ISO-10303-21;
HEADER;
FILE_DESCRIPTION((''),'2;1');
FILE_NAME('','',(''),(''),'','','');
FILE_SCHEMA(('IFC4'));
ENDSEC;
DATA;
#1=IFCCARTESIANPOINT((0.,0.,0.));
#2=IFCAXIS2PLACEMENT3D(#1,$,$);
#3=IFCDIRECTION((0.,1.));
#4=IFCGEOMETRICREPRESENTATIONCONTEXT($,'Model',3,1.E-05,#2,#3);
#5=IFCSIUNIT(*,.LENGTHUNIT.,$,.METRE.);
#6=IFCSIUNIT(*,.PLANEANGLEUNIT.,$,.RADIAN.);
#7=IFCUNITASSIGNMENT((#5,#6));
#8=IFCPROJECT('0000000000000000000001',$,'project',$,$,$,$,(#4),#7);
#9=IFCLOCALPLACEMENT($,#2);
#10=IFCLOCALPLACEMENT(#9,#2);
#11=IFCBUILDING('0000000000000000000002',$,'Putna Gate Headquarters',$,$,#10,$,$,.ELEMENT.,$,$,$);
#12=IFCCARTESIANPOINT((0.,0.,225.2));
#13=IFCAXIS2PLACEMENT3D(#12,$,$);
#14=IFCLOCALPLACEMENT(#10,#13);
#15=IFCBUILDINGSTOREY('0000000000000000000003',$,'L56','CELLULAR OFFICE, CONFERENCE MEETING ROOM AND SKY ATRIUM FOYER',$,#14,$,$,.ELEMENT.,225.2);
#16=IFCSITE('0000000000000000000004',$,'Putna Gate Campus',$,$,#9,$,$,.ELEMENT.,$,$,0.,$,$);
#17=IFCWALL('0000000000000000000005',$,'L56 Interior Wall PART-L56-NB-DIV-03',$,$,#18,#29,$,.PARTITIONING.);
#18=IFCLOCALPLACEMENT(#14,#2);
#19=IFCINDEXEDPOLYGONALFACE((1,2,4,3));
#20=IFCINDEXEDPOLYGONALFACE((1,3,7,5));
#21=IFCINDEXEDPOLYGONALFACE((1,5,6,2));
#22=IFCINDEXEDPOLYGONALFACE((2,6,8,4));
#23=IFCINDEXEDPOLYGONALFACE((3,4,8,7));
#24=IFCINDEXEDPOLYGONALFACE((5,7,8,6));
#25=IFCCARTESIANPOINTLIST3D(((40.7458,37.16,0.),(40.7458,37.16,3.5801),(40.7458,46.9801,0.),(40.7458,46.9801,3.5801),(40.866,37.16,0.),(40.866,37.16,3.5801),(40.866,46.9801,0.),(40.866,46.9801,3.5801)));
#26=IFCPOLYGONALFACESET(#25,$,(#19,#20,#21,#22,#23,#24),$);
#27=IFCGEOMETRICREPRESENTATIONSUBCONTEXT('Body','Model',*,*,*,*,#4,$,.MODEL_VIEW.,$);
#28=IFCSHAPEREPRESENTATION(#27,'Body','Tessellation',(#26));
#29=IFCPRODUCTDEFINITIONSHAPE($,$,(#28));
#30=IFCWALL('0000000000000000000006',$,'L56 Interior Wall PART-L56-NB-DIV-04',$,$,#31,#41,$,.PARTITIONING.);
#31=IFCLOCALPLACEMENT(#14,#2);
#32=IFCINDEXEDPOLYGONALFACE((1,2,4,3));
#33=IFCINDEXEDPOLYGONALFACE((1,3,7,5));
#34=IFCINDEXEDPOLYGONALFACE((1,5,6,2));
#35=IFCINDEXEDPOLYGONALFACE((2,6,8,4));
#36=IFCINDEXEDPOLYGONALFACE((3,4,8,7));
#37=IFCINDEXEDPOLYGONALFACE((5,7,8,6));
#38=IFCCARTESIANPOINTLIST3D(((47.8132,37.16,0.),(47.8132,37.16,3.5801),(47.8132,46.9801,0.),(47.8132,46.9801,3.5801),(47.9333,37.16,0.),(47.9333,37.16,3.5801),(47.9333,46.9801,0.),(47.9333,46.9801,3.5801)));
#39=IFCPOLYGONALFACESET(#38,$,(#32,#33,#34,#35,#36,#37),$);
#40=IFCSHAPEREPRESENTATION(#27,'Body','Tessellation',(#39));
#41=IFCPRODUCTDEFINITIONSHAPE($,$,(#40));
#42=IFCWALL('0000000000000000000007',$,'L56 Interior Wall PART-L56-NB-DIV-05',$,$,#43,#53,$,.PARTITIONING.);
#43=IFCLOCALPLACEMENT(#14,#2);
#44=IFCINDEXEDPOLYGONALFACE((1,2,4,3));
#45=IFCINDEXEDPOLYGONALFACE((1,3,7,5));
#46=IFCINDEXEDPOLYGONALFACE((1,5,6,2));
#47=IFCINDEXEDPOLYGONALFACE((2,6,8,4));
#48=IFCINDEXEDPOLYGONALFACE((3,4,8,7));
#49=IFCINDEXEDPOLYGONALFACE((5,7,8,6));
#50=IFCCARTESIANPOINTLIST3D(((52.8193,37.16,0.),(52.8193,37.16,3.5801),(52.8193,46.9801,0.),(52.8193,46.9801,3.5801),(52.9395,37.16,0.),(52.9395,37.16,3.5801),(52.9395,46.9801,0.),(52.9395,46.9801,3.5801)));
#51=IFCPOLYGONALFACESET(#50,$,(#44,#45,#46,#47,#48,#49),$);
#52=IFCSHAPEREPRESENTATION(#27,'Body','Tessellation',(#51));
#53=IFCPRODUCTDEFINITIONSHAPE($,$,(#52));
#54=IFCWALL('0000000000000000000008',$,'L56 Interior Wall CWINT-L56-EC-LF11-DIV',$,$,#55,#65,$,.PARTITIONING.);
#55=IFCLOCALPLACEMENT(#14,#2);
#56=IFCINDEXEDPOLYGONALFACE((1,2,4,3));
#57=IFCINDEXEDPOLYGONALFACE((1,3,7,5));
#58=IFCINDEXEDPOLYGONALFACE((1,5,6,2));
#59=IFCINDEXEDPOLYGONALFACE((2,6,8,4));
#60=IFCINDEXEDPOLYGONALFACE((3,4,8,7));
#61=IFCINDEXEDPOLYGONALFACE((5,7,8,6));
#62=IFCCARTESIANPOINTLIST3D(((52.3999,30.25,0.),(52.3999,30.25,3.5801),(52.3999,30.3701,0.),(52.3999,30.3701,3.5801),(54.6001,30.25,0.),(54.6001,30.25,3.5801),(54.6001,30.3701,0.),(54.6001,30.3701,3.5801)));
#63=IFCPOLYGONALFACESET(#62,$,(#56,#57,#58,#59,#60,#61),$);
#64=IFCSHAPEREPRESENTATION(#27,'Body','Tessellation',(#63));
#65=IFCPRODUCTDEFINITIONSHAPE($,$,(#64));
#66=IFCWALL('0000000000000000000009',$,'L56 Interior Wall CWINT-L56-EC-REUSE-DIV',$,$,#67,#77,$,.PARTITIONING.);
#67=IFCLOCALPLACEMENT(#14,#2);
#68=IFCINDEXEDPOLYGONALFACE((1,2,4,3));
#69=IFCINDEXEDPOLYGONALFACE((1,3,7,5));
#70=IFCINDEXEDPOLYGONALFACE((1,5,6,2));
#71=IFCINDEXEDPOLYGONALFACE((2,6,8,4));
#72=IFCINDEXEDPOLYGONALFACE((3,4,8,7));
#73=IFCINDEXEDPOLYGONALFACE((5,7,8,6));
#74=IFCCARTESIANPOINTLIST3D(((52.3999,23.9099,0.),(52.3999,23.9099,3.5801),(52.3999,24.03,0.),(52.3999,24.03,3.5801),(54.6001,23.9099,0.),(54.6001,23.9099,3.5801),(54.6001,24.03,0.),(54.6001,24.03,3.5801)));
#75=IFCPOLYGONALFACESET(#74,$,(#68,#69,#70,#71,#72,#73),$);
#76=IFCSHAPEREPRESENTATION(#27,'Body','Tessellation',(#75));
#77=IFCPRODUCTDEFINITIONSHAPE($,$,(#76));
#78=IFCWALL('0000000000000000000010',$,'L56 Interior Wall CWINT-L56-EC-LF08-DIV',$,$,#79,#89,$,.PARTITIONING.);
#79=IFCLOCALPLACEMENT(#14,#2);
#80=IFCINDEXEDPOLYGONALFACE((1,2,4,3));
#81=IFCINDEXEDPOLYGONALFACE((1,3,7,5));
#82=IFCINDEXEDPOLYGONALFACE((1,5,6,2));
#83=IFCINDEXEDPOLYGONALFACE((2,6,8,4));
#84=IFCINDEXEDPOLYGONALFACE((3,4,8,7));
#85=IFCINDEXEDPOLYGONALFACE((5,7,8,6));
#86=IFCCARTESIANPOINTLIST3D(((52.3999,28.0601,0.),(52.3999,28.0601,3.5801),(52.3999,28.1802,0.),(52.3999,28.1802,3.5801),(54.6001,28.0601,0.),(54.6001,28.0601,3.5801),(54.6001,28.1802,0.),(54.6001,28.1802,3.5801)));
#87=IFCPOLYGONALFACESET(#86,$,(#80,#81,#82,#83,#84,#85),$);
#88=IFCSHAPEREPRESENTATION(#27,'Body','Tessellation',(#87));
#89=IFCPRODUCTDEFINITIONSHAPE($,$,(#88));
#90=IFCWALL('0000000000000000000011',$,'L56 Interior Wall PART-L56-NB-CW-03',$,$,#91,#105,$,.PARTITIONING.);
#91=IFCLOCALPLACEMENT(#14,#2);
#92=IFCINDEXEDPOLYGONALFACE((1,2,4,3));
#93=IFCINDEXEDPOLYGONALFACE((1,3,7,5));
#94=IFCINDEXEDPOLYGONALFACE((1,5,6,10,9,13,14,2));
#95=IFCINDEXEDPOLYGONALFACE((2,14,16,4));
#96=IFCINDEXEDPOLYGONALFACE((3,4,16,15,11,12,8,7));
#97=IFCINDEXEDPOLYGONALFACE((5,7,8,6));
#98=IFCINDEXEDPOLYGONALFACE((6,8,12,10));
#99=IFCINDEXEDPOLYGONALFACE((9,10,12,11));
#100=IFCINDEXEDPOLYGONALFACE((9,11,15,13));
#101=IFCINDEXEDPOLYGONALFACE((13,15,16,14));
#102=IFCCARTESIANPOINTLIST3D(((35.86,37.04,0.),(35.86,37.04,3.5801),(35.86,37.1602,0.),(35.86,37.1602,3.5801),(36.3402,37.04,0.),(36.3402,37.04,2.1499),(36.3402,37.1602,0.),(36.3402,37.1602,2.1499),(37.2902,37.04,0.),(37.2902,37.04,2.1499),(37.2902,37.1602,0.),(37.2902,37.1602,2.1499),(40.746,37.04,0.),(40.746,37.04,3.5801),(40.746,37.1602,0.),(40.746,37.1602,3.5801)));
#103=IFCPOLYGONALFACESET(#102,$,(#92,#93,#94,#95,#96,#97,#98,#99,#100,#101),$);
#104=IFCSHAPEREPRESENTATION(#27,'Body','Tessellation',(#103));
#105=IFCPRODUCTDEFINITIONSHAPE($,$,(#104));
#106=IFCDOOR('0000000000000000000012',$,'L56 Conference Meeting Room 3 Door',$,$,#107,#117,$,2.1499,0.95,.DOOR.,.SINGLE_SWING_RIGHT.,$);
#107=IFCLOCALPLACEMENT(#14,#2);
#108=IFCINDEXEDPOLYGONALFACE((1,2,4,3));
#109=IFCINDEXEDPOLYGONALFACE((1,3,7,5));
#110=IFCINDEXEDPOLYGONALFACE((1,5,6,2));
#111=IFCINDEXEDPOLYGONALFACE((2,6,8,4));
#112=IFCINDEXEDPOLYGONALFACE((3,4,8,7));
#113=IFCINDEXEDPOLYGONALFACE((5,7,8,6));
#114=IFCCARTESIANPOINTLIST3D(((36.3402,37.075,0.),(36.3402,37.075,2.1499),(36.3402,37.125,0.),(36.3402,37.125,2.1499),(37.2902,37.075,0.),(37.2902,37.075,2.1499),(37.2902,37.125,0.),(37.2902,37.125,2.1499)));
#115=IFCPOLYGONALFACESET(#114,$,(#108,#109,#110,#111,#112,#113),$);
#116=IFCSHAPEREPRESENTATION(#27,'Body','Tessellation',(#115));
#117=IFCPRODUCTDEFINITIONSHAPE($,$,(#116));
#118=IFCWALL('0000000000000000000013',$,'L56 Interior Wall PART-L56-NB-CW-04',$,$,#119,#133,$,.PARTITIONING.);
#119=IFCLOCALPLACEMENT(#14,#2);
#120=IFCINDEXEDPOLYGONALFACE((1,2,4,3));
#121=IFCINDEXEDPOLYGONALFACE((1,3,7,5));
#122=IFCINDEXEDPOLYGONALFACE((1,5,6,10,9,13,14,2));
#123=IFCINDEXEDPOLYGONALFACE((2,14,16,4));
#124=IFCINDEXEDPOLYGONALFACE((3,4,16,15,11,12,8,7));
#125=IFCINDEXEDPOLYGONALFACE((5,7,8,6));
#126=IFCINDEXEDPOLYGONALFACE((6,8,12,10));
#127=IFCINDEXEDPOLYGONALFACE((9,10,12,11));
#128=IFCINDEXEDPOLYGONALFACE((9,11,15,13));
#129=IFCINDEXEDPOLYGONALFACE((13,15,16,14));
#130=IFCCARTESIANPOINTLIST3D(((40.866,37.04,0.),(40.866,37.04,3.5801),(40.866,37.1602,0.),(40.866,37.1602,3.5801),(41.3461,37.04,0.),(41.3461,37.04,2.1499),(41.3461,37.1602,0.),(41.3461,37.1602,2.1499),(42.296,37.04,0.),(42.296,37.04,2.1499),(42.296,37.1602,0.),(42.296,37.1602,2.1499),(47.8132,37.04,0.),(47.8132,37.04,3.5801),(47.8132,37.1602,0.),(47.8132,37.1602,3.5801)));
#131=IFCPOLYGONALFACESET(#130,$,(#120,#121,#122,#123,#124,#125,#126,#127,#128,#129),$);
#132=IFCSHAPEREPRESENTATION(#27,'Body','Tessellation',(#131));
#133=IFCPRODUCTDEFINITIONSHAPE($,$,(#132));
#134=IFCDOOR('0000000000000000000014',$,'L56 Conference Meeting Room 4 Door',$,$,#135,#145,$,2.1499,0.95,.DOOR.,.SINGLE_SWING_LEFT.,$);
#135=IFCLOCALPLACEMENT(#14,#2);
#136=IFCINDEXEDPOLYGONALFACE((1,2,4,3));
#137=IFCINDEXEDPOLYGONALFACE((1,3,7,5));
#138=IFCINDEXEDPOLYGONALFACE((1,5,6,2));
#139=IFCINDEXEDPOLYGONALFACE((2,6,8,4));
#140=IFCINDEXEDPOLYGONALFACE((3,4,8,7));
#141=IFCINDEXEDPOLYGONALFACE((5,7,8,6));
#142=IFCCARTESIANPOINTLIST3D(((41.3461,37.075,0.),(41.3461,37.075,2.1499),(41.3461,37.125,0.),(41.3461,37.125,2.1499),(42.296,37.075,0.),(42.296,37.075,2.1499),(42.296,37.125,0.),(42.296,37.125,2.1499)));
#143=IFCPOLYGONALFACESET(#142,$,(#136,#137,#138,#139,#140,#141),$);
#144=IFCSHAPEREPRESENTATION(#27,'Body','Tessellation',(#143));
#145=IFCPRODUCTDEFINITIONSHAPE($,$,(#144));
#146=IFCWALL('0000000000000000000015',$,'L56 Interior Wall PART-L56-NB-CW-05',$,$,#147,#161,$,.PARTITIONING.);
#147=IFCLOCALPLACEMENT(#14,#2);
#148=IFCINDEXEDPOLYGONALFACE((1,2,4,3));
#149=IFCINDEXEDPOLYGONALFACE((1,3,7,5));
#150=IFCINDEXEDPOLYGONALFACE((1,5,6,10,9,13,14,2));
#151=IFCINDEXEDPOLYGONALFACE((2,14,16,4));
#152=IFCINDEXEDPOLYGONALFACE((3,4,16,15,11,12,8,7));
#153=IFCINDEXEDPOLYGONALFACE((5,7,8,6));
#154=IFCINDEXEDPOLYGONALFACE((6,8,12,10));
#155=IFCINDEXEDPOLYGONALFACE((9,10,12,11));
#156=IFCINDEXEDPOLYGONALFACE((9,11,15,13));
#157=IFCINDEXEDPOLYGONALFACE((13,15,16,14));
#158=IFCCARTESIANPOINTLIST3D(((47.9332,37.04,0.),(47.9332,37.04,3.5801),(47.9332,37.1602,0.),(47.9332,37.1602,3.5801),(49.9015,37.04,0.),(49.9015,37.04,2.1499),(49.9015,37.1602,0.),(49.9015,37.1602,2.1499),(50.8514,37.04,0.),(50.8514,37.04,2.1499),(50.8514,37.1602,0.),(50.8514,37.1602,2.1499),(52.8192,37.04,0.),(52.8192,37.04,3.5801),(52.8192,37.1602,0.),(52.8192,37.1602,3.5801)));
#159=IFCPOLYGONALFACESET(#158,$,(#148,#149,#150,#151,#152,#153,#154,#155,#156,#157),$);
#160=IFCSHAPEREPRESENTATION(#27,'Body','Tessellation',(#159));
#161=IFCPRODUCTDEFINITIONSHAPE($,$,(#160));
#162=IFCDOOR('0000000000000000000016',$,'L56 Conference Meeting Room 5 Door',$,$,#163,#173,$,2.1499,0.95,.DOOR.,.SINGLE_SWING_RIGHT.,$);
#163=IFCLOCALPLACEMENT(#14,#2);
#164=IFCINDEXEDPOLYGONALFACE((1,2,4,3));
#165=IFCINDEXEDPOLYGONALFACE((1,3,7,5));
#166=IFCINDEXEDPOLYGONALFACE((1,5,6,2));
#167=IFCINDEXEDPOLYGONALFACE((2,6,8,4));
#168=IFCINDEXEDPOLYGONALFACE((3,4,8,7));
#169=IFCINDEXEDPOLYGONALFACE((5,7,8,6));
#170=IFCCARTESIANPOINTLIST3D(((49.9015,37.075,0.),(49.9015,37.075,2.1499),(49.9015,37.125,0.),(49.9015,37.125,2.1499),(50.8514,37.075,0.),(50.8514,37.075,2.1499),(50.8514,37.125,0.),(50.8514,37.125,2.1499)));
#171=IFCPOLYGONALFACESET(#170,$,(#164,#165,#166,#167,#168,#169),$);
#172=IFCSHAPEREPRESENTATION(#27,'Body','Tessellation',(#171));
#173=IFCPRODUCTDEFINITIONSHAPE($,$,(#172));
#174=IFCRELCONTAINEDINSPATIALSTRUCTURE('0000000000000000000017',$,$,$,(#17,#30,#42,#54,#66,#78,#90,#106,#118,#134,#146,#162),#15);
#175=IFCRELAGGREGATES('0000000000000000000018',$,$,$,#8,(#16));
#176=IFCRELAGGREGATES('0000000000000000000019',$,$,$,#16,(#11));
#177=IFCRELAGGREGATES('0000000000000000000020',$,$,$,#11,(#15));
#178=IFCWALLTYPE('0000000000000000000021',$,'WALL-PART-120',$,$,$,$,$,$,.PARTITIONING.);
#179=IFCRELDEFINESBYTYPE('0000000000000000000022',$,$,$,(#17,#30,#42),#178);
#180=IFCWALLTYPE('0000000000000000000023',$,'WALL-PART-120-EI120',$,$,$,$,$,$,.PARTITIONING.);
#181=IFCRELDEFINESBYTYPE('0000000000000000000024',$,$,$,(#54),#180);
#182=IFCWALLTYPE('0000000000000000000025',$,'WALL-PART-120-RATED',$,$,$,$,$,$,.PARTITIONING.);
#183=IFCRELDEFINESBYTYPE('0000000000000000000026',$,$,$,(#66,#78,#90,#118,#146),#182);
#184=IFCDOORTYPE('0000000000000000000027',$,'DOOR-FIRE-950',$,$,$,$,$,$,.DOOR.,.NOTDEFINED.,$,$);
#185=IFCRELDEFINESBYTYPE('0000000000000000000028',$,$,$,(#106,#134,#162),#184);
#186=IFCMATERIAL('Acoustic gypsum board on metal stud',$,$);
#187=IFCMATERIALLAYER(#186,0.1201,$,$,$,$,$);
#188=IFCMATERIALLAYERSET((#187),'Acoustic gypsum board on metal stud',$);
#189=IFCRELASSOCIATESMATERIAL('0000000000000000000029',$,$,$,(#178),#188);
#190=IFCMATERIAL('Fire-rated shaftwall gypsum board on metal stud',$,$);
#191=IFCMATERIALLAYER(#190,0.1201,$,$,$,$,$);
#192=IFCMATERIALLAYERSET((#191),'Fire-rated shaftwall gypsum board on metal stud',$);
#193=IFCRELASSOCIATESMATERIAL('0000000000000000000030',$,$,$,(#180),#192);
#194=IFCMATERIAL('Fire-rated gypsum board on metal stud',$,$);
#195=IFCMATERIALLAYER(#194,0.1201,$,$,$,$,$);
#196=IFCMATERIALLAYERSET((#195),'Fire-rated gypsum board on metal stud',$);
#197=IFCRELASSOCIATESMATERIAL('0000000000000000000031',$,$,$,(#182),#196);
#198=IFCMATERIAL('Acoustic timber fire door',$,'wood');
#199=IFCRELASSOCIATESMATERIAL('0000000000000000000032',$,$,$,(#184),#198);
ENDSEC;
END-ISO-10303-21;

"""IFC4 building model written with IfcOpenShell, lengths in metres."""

from ifc_helpers import new_model, si_unit, direction, frame, frame_2d, origin, place, context, subcontext, project, spatial, rectangle, extrude, material, layer, layer_set, type_object, element, fill, save


model = new_model("IFC4")

# Units and contexts
model_context = context("Model", 3, precision=1e-05, world=origin(), true_north=direction((0.0, 1.0)))
body_context = subcontext(model_context, "Body", "Model", "MODEL_VIEW")
ifc_project = project(units=[si_unit("LENGTHUNIT", "METRE"), si_unit("PLANEANGLEUNIT", "RADIAN")], contexts=[model_context])

# Site, building, storey
site_placement = place(None, origin())
site = spatial("IfcSite", under=ifc_project, at=site_placement, Name="Putna Gate Campus", CompositionType="ELEMENT", RefElevation=0.0)
building_placement = place(site_placement, origin())
building = spatial("IfcBuilding", under=site, at=building_placement, Name="Putna Gate Headquarters", CompositionType="ELEMENT")
storey_placement = place(building_placement, frame((0.0, 0.0, 225.2)))
storey = spatial("IfcBuildingStorey", under=building, at=storey_placement, Name="L56", Description="CELLULAR OFFICE, CONFERENCE MEETING ROOM AND SKY ATRIUM FOYER", CompositionType="ELEMENT", Elevation=225.2)

# Shared definitions
ifc_material_1 = material(Name="Acoustic gypsum board on metal stud")
ifc_layer_1 = layer(ifc_material_1, 0.1201)
ifc_layer_set_1 = layer_set([ifc_layer_1], Name="Acoustic gypsum board on metal stud")
wall_type_1 = type_object("IfcWallType", Name="WALL-PART-120", PredefinedType="PARTITIONING", material=ifc_layer_set_1)

# Walls
for number, where, z_axis, x_axis, name in (
    (1, (40.8059, 37.1599, 0.0), (0.0, 0.0, 1.0), (0.0, 1.0, 0.0), "L56 Interior Wall PART-L56-NB-DIV-03"),
    (2, (47.8733, 37.1599, 0.0), (0.0, 0.0, 1.0), (0.0, 1.0, 0.0), "L56 Interior Wall PART-L56-NB-DIV-04"),
    (3, (52.8794, 37.1599, 0.0), (0.0, 0.0, 1.0), (0.0, 1.0, 0.0), "L56 Interior Wall PART-L56-NB-DIV-05"),
):
    element("IfcWall", number, at=place(storey_placement, frame(where, z_axis=z_axis, x_axis=x_axis)), inside=storey, type_object=wall_type_1, Name=name, PredefinedType="PARTITIONING", context=body_context, shape_type="SweptSolid", body=[
        extrude(rectangle(XDim=9.8201, YDim=0.1201, at=frame_2d((4.9102, 0.0))), origin(), (0.0, 0.0, 1.0), 3.5801),
    ])
ifc_material_2 = material(Name="Fire-rated shaftwall gypsum board on metal stud")
ifc_layer_2 = layer(ifc_material_2, 0.1201)
ifc_layer_set_2 = layer_set([ifc_layer_2], Name="Fire-rated shaftwall gypsum board on metal stud")
wall_type_2 = type_object("IfcWallType", Name="WALL-PART-120-EI120", PredefinedType="PARTITIONING", material=ifc_layer_set_2)
wall_1_placement = place(storey_placement, frame((52.3999, 30.3101, 0.0), z_axis=(0.0, 0.0, 1.0), x_axis=(1.0, 0.0, 0.0)))
element("IfcWall", 4, at=wall_1_placement, inside=storey, type_object=wall_type_2, Name="L56 Interior Wall CWINT-L56-EC-LF11-DIV", PredefinedType="PARTITIONING", context=body_context, shape_type="SweptSolid", body=[
    extrude(rectangle(XDim=2.2002, YDim=0.1201, at=frame_2d((1.1001, 0.0))), origin(), (0.0, 0.0, 1.0), 3.5801),
])
ifc_material_3 = material(Name="Fire-rated gypsum board on metal stud")
ifc_layer_3 = layer(ifc_material_3, 0.1201)
ifc_layer_set_3 = layer_set([ifc_layer_3], Name="Fire-rated gypsum board on metal stud")
wall_type_3 = type_object("IfcWallType", Name="WALL-PART-120-RATED", PredefinedType="PARTITIONING", material=ifc_layer_set_3)
for number, where, z_axis, x_axis, name in (
    (5, (52.3999, 23.97, 0.0), (0.0, 0.0, 1.0), (1.0, 0.0, 0.0), "L56 Interior Wall CWINT-L56-EC-REUSE-DIV"),
    (6, (52.3999, 28.1201, 0.0), (0.0, 0.0, 1.0), (1.0, 0.0, 0.0), "L56 Interior Wall CWINT-L56-EC-LF08-DIV"),
):
    element("IfcWall", number, at=place(storey_placement, frame(where, z_axis=z_axis, x_axis=x_axis)), inside=storey, type_object=wall_type_3, Name=name, PredefinedType="PARTITIONING", context=body_context, shape_type="SweptSolid", body=[
        extrude(rectangle(XDim=2.2002, YDim=0.1201, at=frame_2d((1.1001, 0.0))), origin(), (0.0, 0.0, 1.0), 3.5801),
    ])

# Walls, openings, doors
wall_2_placement = place(storey_placement, frame((35.8601, 37.1001, 0.0), z_axis=(0.0, 0.0, 1.0), x_axis=(1.0, 0.0, 0.0)))
wall_2 = element("IfcWall", 7, at=wall_2_placement, inside=storey, type_object=wall_type_3, Name="L56 Interior Wall PART-L56-NB-CW-03", PredefinedType="PARTITIONING", context=body_context, shape_type="SweptSolid", body=[
    extrude(rectangle(XDim=4.886, YDim=0.1201, at=frame_2d((2.4429, 0.0))), origin(), (0.0, 0.0, 1.0), 3.5801),
])
opening_1_placement = place(wall_2_placement, frame((0.48, 0.0, 0.0)))
opening_1 = element("IfcOpeningElement", 8, at=opening_1_placement, cuts=wall_2, PredefinedType="OPENING", context=body_context, shape_type="SweptSolid", body=[
    extrude(rectangle(XDim=0.95, YDim=2.1499, at=frame_2d((0.4751, 1.075))), frame((0.0, 0.0701, 0.0), z_axis=(0.0, -1.0, 0.0), x_axis=(1.0, 0.0, 0.0)), (0.0, 0.0, 1.0), 0.1401),
])
ifc_material_4 = material(Name="Acoustic timber fire door", Category="wood")
door_type_1 = type_object("IfcDoorType", Name="DOOR-FIRE-950", OperationType="NOTDEFINED", PredefinedType="DOOR", material=ifc_material_4)
door_1_placement = place(opening_1_placement, origin())
door_1 = element("IfcDoor", 9, at=door_1_placement, inside=storey, type_object=door_type_1, Name="L56 Conference Meeting Room 3 Door", OperationType="SINGLE_SWING_RIGHT", OverallHeight=2.1499, OverallWidth=0.95, PredefinedType="DOOR", context=body_context, shape_type="SweptSolid", body=[
    extrude(rectangle(XDim=0.95, YDim=2.1499, at=frame_2d((0.4751, 1.075))), frame((0.0, 0.0249, 0.0), z_axis=(0.0, -1.0, 0.0), x_axis=(1.0, 0.0, 0.0)), (0.0, 0.0, 1.0), 0.05),
])
fill(opening_1, door_1)
wall_3_placement = place(storey_placement, frame((40.866, 37.1001, 0.0), z_axis=(0.0, 0.0, 1.0), x_axis=(1.0, 0.0, 0.0)))
wall_3 = element("IfcWall", 10, at=wall_3_placement, inside=storey, type_object=wall_type_3, Name="L56 Interior Wall PART-L56-NB-CW-04", PredefinedType="PARTITIONING", context=body_context, shape_type="SweptSolid", body=[
    extrude(rectangle(XDim=6.9473, YDim=0.1201, at=frame_2d((3.4736, 0.0))), origin(), (0.0, 0.0, 1.0), 3.5801),
])
opening_2_placement = place(wall_3_placement, frame((0.48, 0.0, 0.0)))
opening_2 = element("IfcOpeningElement", 11, at=opening_2_placement, cuts=wall_3, PredefinedType="OPENING", context=body_context, shape_type="SweptSolid", body=[
    extrude(rectangle(XDim=0.95, YDim=2.1499, at=frame_2d((0.4751, 1.075))), frame((0.0, 0.0701, 0.0), z_axis=(0.0, -1.0, 0.0), x_axis=(1.0, 0.0, 0.0)), (0.0, 0.0, 1.0), 0.1401),
])
door_2_placement = place(opening_2_placement, origin())
door_2 = element("IfcDoor", 12, at=door_2_placement, inside=storey, type_object=door_type_1, Name="L56 Conference Meeting Room 4 Door", OperationType="SINGLE_SWING_LEFT", OverallHeight=2.1499, OverallWidth=0.95, PredefinedType="DOOR", context=body_context, shape_type="SweptSolid", body=[
    extrude(rectangle(XDim=0.95, YDim=2.1499, at=frame_2d((0.4751, 1.075))), frame((0.0, 0.0249, 0.0), z_axis=(0.0, -1.0, 0.0), x_axis=(1.0, 0.0, 0.0)), (0.0, 0.0, 1.0), 0.05),
])
fill(opening_2, door_2)
wall_4_placement = place(storey_placement, frame((47.9333, 37.1001, 0.0), z_axis=(0.0, 0.0, 1.0), x_axis=(1.0, 0.0, 0.0)))
wall_4 = element("IfcWall", 13, at=wall_4_placement, inside=storey, type_object=wall_type_3, Name="L56 Interior Wall PART-L56-NB-CW-05", PredefinedType="PARTITIONING", context=body_context, shape_type="SweptSolid", body=[
    extrude(rectangle(XDim=4.886, YDim=0.1201, at=frame_2d((2.4429, 0.0))), origin(), (0.0, 0.0, 1.0), 3.5801),
])
opening_3_placement = place(wall_4_placement, frame((1.968, 0.0, 0.0)))
opening_3 = element("IfcOpeningElement", 14, at=opening_3_placement, cuts=wall_4, PredefinedType="OPENING", context=body_context, shape_type="SweptSolid", body=[
    extrude(rectangle(XDim=0.95, YDim=2.1499, at=frame_2d((0.4751, 1.075))), frame((0.0, 0.0701, 0.0), z_axis=(0.0, -1.0, 0.0), x_axis=(1.0, 0.0, 0.0)), (0.0, 0.0, 1.0), 0.1401),
])
door_3_placement = place(opening_3_placement, origin())
door_3 = element("IfcDoor", 15, at=door_3_placement, inside=storey, type_object=door_type_1, Name="L56 Conference Meeting Room 5 Door", OperationType="SINGLE_SWING_RIGHT", OverallHeight=2.1499, OverallWidth=0.95, PredefinedType="DOOR", context=body_context, shape_type="SweptSolid", body=[
    extrude(rectangle(XDim=0.95, YDim=2.1499, at=frame_2d((0.4751, 1.075))), frame((0.0, 0.0249, 0.0), z_axis=(0.0, -1.0, 0.0), x_axis=(1.0, 0.0, 0.0)), (0.0, 0.0, 1.0), 0.05),
])
fill(opening_3, door_3)

save(model, "model.ifc")
